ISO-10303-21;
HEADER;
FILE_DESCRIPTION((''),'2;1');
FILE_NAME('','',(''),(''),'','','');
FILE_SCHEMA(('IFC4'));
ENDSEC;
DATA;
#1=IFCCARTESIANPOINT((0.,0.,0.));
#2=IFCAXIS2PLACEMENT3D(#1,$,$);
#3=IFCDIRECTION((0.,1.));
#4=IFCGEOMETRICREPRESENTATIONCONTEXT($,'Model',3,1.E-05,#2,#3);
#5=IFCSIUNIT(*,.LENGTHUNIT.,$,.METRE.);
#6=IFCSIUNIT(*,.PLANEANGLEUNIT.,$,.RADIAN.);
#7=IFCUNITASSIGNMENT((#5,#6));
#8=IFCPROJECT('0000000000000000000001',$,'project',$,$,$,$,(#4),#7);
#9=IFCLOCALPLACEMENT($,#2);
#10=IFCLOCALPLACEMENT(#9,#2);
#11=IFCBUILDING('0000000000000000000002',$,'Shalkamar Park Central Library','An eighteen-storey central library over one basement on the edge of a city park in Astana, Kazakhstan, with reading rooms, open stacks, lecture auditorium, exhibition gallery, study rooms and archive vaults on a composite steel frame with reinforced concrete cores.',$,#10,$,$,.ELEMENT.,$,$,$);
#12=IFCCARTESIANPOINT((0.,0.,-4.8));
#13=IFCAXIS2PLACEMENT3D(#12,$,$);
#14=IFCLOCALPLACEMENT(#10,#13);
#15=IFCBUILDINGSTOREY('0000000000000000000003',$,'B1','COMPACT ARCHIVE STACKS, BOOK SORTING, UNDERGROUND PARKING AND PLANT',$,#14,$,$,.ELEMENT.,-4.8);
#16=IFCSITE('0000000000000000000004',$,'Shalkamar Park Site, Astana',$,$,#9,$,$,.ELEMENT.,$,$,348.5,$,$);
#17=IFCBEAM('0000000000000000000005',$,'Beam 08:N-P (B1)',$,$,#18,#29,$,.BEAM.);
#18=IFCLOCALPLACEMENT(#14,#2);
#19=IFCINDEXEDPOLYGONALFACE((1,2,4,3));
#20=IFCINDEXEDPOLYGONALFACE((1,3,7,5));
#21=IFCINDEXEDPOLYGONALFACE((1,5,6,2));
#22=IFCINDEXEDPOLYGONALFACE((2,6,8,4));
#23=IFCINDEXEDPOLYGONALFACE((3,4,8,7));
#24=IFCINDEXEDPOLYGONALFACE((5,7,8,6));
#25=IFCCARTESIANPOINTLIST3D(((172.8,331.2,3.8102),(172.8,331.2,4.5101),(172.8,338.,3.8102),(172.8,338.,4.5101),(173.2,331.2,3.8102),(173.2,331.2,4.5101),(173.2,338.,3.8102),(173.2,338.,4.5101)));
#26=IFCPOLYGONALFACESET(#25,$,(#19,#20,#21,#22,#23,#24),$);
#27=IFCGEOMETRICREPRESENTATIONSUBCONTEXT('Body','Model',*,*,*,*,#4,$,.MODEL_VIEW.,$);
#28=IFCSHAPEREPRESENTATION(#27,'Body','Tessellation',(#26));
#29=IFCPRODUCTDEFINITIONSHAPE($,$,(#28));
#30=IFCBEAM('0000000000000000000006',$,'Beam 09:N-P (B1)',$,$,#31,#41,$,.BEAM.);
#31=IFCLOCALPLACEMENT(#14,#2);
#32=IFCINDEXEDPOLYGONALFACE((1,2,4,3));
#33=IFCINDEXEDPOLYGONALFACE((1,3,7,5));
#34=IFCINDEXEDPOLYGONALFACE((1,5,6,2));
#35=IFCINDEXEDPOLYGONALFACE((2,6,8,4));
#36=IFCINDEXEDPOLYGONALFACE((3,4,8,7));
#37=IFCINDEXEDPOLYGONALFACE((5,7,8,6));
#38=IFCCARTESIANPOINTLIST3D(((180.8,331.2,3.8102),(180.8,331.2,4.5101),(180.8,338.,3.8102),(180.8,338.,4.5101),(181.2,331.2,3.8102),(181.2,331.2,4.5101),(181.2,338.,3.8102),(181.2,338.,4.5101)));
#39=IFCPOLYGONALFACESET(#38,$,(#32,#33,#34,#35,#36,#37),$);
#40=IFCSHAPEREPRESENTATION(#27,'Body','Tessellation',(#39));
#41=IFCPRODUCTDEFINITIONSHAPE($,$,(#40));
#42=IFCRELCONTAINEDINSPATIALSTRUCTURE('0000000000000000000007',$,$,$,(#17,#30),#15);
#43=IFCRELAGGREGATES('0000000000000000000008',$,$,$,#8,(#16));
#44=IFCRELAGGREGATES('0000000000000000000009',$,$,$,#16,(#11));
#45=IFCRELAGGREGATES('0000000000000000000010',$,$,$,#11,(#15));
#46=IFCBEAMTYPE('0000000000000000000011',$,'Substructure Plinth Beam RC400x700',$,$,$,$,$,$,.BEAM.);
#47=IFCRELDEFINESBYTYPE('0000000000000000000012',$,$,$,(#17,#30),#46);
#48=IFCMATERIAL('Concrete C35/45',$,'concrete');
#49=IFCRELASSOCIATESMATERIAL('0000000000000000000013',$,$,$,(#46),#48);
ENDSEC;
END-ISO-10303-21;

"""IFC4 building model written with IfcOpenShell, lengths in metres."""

from ifc_helpers import new_model, si_unit, direction, frame, origin, origin_2d, place, context, subcontext, project, spatial, rectangle, extrude, material, material_profile, profile_set, type_object, element, save


model = new_model("IFC4")

# Units and contexts
model_context = context("Model", 3, precision=1e-05, world=origin(), true_north=direction((0.0, 1.0)))
body_context = subcontext(model_context, "Body", "Model", "MODEL_VIEW")
ifc_project = project(units=[si_unit("LENGTHUNIT", "METRE"), si_unit("PLANEANGLEUNIT", "RADIAN")], contexts=[model_context])

# Site, building, storey
site_placement = place(None, origin())
site = spatial("IfcSite", under=ifc_project, at=site_placement, Name="Shalkamar Park Site, Astana", CompositionType="ELEMENT", RefElevation=348.5)
building_placement = place(site_placement, origin())
building = spatial("IfcBuilding", under=site, at=building_placement, Name="Shalkamar Park Central Library", Description="An eighteen-storey central library over one basement on the edge of a city park in Astana, Kazakhstan, with reading rooms, open stacks, lecture auditorium, exhibition gallery, study rooms and archive vaults on a composite steel frame with reinforced concrete cores.", CompositionType="ELEMENT")
storey_placement = place(building_placement, frame((0.0, 0.0, -4.8)))
storey = spatial("IfcBuildingStorey", under=building, at=storey_placement, Name="B1", Description="COMPACT ARCHIVE STACKS, BOOK SORTING, UNDERGROUND PARKING AND PLANT", CompositionType="ELEMENT", Elevation=-4.8)

# Shared definitions
ifc_material_1 = material(Name="Concrete C35/45", Category="concrete")

# Beams
ifc_material_profile_1 = material_profile(ifc_material_1, rectangle(XDim=0.3999, YDim=0.7, at=origin_2d()), Name="RC 400x700")
ifc_profile_set_1 = profile_set([ifc_material_profile_1], Name="Concrete C35/45")
beam_type_1 = type_object("IfcBeamType", Name="Substructure Plinth Beam RC400x700", PredefinedType="BEAM", material=ifc_profile_set_1)
for number, where, z_axis, x_axis, name in (
    (1, (173.0, 331.2, 4.1602), (0.0, 1.0, 0.0), (-1.0, 0.0, 0.0), "Beam 08:N-P (B1)"),
    (2, (181.0, 331.2, 4.1602), (0.0, 1.0, 0.0), (-1.0, 0.0, 0.0), "Beam 09:N-P (B1)"),
):
    element("IfcBeam", number, at=place(storey_placement, frame(where, z_axis=z_axis, x_axis=x_axis)), inside=storey, type_object=beam_type_1, Name=name, PredefinedType="BEAM", context=body_context, shape_type="SweptSolid", body=[
        extrude(rectangle(XDim=0.3999, YDim=0.7, at=origin_2d()), origin(), (0.0, 0.0, 1.0), 6.8),
    ])

save(model, "model.ifc")
